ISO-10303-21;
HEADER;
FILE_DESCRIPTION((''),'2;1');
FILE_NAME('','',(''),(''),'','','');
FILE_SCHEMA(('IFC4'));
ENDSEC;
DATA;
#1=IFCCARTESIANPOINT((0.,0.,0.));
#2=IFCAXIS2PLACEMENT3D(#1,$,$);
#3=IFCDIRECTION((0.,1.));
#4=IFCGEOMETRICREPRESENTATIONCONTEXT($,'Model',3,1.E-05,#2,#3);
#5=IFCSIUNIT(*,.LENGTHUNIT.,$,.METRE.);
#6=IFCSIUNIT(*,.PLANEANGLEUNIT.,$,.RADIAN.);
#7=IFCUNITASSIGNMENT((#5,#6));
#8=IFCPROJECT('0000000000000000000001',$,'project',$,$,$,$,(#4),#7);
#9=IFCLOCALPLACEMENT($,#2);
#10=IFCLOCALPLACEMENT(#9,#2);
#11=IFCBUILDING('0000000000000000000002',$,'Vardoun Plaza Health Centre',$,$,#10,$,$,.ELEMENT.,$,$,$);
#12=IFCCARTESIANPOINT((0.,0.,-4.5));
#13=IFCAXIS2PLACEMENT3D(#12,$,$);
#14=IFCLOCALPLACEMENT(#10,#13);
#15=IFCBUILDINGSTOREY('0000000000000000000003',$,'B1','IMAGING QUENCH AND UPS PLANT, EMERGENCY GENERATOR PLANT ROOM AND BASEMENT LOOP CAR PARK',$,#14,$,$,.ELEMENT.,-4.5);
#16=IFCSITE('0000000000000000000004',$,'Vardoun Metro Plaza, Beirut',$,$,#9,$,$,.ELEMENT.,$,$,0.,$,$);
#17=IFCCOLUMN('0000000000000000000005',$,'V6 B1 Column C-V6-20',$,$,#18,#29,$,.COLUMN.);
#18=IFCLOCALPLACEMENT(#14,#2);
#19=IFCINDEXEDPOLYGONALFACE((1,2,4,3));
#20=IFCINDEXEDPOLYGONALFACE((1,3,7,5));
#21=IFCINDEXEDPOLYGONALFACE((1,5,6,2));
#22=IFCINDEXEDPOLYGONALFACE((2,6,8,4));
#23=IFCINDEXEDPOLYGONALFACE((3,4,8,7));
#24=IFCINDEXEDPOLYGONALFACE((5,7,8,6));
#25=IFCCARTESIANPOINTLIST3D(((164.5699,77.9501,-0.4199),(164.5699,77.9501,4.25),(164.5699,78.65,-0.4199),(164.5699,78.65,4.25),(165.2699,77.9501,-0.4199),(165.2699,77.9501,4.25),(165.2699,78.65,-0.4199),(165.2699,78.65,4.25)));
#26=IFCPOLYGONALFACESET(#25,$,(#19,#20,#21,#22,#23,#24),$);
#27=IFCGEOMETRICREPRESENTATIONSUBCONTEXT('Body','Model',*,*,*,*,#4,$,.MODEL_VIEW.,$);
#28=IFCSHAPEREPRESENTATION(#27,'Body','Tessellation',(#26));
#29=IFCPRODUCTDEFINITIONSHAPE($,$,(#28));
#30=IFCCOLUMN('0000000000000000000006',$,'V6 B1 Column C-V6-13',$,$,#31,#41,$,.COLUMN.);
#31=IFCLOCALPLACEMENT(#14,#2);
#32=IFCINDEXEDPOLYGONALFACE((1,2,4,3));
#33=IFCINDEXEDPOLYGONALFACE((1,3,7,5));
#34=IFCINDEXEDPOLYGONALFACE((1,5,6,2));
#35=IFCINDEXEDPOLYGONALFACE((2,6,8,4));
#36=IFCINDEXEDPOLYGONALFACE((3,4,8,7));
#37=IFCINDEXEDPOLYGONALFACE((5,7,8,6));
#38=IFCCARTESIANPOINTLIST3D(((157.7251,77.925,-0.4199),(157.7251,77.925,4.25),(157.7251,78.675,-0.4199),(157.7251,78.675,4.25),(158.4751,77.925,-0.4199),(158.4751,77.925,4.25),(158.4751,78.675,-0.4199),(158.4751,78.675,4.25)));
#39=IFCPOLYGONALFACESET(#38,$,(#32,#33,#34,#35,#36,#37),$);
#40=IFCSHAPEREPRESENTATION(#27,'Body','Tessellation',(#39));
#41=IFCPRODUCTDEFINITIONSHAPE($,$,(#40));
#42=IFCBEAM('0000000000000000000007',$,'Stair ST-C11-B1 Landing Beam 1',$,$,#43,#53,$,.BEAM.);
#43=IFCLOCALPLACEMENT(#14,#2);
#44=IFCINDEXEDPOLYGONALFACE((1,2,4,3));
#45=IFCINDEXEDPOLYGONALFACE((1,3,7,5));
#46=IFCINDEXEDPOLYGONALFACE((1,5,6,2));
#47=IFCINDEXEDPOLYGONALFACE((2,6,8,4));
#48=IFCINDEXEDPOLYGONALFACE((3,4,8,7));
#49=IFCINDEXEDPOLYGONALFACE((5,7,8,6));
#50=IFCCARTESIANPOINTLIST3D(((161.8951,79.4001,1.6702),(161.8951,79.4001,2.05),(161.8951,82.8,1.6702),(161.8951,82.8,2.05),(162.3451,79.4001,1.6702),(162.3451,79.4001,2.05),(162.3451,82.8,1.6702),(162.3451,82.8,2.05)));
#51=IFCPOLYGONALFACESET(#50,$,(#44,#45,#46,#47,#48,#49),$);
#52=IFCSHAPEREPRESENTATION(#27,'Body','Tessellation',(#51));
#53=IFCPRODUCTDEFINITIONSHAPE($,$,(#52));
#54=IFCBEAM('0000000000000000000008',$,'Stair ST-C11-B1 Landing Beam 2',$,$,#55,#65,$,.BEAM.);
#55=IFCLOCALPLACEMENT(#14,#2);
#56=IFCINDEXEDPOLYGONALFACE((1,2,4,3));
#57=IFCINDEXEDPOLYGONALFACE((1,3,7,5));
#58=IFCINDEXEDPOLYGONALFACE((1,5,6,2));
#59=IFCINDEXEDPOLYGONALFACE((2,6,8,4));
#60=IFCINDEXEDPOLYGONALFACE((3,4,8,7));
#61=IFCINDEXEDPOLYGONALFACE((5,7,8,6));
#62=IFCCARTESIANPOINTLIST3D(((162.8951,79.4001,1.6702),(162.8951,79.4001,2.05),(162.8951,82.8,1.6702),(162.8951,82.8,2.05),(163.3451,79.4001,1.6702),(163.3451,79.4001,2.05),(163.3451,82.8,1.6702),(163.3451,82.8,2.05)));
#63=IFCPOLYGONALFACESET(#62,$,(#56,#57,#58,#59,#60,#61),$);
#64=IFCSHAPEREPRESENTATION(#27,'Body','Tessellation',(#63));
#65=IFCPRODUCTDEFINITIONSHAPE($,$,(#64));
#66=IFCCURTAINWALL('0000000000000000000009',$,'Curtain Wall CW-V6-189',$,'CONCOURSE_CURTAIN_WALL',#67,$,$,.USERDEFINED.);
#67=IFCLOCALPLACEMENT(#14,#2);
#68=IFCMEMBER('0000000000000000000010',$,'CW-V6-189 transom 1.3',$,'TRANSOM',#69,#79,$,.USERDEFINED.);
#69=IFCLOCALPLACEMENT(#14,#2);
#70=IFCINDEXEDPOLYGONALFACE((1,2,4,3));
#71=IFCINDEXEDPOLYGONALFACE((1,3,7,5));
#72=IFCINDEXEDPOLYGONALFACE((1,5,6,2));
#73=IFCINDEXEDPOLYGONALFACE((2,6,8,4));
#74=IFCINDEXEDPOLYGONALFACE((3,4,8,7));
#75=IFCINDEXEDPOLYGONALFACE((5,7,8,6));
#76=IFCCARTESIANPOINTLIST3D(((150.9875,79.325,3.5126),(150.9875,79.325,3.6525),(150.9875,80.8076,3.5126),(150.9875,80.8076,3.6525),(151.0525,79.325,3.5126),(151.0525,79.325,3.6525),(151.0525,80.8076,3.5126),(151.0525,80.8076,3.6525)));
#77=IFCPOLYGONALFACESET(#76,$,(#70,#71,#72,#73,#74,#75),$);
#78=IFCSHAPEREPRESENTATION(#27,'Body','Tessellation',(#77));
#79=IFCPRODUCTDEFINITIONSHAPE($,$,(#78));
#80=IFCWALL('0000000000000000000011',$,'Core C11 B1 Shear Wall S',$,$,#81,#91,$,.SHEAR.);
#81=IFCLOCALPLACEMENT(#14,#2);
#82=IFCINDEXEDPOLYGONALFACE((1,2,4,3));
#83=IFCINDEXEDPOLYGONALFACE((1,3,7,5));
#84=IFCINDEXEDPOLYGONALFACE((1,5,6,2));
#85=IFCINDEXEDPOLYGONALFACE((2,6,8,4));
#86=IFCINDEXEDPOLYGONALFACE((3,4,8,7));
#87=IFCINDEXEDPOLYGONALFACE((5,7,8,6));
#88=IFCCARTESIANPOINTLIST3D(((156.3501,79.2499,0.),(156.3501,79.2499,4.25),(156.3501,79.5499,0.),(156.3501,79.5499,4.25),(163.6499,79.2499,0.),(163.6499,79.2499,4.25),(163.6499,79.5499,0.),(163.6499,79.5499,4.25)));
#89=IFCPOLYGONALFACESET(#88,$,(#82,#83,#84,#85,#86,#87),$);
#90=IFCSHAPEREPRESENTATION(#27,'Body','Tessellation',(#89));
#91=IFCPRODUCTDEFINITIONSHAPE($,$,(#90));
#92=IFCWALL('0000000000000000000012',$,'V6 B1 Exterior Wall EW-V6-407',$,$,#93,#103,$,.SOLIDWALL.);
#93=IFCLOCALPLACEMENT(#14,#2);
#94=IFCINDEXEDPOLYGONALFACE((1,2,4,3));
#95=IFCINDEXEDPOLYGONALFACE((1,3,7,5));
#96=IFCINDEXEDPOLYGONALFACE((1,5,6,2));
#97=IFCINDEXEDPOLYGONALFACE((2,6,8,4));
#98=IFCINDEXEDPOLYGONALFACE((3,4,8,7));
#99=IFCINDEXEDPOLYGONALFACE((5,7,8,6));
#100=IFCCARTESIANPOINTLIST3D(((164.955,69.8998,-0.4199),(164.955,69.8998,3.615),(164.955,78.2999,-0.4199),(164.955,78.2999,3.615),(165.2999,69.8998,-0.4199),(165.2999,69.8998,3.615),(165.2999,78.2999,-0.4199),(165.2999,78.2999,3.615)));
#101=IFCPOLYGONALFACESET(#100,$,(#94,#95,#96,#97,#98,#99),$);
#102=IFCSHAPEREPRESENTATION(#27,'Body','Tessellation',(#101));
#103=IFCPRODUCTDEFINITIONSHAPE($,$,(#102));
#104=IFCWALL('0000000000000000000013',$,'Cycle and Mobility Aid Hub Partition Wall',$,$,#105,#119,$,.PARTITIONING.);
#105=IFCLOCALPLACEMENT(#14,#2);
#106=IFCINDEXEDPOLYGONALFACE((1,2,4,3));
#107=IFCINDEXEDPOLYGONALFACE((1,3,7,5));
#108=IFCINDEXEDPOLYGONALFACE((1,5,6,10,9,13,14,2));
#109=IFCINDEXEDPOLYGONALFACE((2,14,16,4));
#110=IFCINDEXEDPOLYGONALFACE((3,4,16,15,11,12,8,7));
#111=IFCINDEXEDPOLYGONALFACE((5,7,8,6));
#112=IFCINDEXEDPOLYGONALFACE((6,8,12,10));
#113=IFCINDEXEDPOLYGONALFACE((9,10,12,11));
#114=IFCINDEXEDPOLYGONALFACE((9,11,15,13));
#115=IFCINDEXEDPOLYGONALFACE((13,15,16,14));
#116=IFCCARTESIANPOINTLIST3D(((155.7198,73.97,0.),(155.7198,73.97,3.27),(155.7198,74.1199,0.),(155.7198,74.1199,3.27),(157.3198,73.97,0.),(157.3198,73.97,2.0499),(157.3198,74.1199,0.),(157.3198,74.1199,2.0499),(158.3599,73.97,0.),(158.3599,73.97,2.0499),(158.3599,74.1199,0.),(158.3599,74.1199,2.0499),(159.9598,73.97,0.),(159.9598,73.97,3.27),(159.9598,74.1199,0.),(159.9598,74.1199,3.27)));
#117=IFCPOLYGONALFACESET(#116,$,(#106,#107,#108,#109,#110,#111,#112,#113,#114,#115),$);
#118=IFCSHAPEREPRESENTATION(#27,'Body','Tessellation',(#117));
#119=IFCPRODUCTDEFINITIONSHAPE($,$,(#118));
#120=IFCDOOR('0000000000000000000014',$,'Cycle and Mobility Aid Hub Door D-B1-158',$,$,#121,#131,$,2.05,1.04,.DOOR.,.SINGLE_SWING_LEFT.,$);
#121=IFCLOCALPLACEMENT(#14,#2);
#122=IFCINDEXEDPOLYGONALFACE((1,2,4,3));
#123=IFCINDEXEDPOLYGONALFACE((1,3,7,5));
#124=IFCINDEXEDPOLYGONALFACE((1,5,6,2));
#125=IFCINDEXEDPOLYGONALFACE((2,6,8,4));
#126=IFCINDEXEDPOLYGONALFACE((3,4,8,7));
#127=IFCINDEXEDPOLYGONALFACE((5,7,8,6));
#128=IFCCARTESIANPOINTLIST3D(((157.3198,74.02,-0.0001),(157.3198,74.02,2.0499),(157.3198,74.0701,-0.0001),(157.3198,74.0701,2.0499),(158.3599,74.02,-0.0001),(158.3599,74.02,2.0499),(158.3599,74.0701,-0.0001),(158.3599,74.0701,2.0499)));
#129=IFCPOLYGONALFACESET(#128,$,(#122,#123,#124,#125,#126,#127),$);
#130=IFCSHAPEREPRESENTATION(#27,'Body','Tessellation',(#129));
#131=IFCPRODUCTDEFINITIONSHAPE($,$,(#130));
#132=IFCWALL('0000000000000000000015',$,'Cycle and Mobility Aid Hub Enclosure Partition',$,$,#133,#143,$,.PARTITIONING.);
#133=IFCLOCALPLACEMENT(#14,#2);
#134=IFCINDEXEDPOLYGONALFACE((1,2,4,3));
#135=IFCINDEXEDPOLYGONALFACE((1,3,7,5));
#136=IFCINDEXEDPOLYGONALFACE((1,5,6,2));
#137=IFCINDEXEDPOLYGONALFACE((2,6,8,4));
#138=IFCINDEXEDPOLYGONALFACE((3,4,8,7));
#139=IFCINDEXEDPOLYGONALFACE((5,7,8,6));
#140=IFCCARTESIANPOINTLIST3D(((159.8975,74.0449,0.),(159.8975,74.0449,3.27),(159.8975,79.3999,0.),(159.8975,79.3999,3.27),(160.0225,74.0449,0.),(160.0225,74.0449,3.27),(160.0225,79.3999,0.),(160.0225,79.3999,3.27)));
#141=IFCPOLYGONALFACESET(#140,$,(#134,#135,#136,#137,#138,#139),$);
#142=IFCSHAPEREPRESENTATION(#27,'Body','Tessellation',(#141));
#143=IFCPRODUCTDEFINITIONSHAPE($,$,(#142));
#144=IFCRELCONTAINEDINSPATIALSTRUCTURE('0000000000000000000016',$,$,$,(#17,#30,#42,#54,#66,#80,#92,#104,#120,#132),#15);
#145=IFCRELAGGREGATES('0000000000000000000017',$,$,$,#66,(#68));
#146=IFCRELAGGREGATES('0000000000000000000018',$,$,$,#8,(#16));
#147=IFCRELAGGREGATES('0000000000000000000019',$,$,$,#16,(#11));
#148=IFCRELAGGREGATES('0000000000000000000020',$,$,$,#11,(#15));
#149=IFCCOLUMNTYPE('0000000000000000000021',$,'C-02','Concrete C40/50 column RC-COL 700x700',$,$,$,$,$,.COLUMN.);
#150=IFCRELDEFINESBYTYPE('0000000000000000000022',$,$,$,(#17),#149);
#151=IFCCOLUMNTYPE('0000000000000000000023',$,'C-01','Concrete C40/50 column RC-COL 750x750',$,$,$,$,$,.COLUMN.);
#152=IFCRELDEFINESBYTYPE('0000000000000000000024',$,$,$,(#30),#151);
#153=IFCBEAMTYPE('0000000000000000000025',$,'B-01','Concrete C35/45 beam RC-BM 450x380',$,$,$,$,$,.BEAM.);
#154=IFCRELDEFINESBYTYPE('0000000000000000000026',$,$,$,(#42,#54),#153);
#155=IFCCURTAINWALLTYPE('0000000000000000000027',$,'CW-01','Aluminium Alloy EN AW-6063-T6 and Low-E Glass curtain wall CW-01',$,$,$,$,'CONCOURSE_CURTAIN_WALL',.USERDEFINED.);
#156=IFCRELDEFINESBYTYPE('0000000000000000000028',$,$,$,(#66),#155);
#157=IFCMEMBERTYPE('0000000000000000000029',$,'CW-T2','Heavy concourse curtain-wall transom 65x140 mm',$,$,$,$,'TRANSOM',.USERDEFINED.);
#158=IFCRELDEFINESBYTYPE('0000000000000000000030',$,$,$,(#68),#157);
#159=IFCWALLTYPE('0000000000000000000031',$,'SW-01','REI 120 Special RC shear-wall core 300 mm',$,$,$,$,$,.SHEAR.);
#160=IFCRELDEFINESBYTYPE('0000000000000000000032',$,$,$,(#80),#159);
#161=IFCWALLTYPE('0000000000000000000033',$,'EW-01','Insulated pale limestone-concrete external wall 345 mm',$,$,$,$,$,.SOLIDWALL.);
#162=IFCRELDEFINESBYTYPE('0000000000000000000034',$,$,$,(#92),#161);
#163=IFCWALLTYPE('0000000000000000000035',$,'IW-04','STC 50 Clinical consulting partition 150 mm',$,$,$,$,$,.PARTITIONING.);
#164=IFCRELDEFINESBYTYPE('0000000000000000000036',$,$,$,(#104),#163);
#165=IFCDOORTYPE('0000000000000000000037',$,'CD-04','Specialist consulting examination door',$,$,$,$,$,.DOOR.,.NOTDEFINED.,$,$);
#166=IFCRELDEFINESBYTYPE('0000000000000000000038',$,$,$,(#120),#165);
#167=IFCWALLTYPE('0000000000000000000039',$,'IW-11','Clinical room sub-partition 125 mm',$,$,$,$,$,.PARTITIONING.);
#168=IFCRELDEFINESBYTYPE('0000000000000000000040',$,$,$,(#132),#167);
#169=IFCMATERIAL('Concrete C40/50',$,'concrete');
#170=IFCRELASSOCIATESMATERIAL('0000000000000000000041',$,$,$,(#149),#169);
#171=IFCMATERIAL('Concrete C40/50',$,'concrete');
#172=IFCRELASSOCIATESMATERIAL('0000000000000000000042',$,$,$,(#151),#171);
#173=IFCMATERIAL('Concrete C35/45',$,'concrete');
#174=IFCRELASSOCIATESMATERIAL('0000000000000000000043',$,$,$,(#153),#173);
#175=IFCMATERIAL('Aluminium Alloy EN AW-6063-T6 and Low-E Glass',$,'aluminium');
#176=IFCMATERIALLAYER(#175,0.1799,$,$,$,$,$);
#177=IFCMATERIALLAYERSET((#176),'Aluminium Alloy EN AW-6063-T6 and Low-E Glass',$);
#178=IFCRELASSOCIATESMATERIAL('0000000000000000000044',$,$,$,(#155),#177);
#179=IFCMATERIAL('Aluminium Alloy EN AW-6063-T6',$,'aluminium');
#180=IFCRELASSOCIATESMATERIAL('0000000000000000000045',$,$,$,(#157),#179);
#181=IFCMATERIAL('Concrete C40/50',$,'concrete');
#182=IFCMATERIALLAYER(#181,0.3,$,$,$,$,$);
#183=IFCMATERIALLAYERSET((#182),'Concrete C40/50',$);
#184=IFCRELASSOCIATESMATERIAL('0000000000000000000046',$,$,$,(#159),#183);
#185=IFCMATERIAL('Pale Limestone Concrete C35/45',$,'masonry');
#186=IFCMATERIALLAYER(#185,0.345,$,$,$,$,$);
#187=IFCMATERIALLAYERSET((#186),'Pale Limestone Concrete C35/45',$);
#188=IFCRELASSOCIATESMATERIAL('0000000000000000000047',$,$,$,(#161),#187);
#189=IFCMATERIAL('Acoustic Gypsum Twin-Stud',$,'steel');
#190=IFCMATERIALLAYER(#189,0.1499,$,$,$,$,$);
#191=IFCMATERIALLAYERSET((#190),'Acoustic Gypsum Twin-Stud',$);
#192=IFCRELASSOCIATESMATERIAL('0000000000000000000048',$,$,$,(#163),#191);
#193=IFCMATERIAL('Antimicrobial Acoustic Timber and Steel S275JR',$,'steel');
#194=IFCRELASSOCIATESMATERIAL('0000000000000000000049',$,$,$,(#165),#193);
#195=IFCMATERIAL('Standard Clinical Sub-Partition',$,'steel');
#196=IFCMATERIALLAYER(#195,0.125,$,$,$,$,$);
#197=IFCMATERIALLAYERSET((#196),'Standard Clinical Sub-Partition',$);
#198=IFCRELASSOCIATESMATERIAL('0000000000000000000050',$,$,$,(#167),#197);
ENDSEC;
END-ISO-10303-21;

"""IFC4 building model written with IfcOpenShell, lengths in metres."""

from ifc_helpers import new_model, si_unit, direction, frame, frame_2d, origin, origin_2d, place, context, subcontext, project, spatial, rectangle, extrude, material, layer, layer_set, material_profile, profile_set, type_object, element, fill, aggregate, save


model = new_model("IFC4")

# Units and contexts
model_context = context("Model", 3, precision=1e-05, world=origin(), true_north=direction((0.0, 1.0)))
body_context = subcontext(model_context, "Body", "Model", "MODEL_VIEW")
ifc_project = project(units=[si_unit("LENGTHUNIT", "METRE"), si_unit("PLANEANGLEUNIT", "RADIAN")], contexts=[model_context])

# Site, building, storey
site_placement = place(None, origin())
site = spatial("IfcSite", under=ifc_project, at=site_placement, Name="Vardoun Metro Plaza, Beirut", CompositionType="ELEMENT", RefElevation=0.0)
building_placement = place(site_placement, origin())
building = spatial("IfcBuilding", under=site, at=building_placement, Name="Vardoun Plaza Health Centre", CompositionType="ELEMENT")
storey_placement = place(building_placement, frame((0.0, 0.0, -4.5)))
storey = spatial("IfcBuildingStorey", under=building, at=storey_placement, Name="B1", Description="IMAGING QUENCH AND UPS PLANT, EMERGENCY GENERATOR PLANT ROOM AND BASEMENT LOOP CAR PARK", CompositionType="ELEMENT", Elevation=-4.5)

# Columns
ifc_material_1 = material(Name="Concrete C40/50", Category="concrete")
ifc_material_profile_1 = material_profile(ifc_material_1, rectangle(XDim=0.7, YDim=0.7, at=origin_2d()), Name="RC-COL 700x700")
ifc_profile_set_1 = profile_set([ifc_material_profile_1], Name="Concrete C40/50")
column_type_1 = type_object("IfcColumnType", Name="C-02", Description="Concrete C40/50 column RC-COL 700x700", PredefinedType="COLUMN", material=ifc_profile_set_1)
column_1_placement = place(storey_placement, frame((164.9199, 78.3, -0.4199), z_axis=(0.0, 0.0, 1.0), x_axis=(1.0, 0.0, 0.0)))
element("IfcColumn", 1, at=column_1_placement, inside=storey, type_object=column_type_1, Name="V6 B1 Column C-V6-20", PredefinedType="COLUMN", context=body_context, shape_type="SweptSolid", body=[
    extrude(rectangle(XDim=0.7, YDim=0.7, at=origin_2d()), origin(), (0.0, 0.0, 1.0), 4.6699),
])
ifc_material_2 = material(Name="Concrete C40/50", Category="concrete")
ifc_material_profile_2 = material_profile(ifc_material_2, rectangle(XDim=0.75, YDim=0.75, at=origin_2d()), Name="RC-COL 750x750")
ifc_profile_set_2 = profile_set([ifc_material_profile_2], Name="Concrete C40/50")
column_type_2 = type_object("IfcColumnType", Name="C-01", Description="Concrete C40/50 column RC-COL 750x750", PredefinedType="COLUMN", material=ifc_profile_set_2)
column_2_placement = place(storey_placement, frame((158.1001, 78.3, -0.4199), z_axis=(0.0, 0.0, 1.0), x_axis=(1.0, 0.0, 0.0)))
element("IfcColumn", 2, at=column_2_placement, inside=storey, type_object=column_type_2, Name="V6 B1 Column C-V6-13", PredefinedType="COLUMN", context=body_context, shape_type="SweptSolid", body=[
    extrude(rectangle(XDim=0.75, YDim=0.75, at=origin_2d()), origin(), (0.0, 0.0, 1.0), 4.6699),
])

# Beams
ifc_material_3 = material(Name="Concrete C35/45", Category="concrete")
ifc_material_profile_3 = material_profile(ifc_material_3, rectangle(XDim=0.45, YDim=0.3799, at=origin_2d()), Name="RC-BM 450x380")
ifc_profile_set_3 = profile_set([ifc_material_profile_3], Name="Concrete C35/45")
beam_type = type_object("IfcBeamType", Name="B-01", Description="Concrete C35/45 beam RC-BM 450x380", PredefinedType="BEAM", material=ifc_profile_set_3)
for number, where, z_axis, x_axis, name in (
    (3, (162.1201, 79.4001, 1.8601), (0.0, 1.0, 0.0), (-1.0, 0.0, 0.0), "Stair ST-C11-B1 Landing Beam 1"),
    (4, (163.1201, 79.4001, 1.8601), (0.0, 1.0, 0.0), (-1.0, 0.0, 0.0), "Stair ST-C11-B1 Landing Beam 2"),
):
    element("IfcBeam", number, at=place(storey_placement, frame(where, z_axis=z_axis, x_axis=x_axis)), inside=storey, type_object=beam_type, Name=name, PredefinedType="BEAM", context=body_context, shape_type="SweptSolid", body=[
        extrude(rectangle(XDim=0.45, YDim=0.3799, at=origin_2d()), origin(), (0.0, 0.0, 1.0), 3.3999),
    ])

# Curtain wall, member
ifc_material_4 = material(Name="Aluminium Alloy EN AW-6063-T6 and Low-E Glass", Category="aluminium")
ifc_layer_1 = layer(ifc_material_4, 0.1799)
ifc_layer_set_1 = layer_set([ifc_layer_1], Name="Aluminium Alloy EN AW-6063-T6 and Low-E Glass")
curtain_wall_type = type_object("IfcCurtainWallType", Name="CW-01", Description="Aluminium Alloy EN AW-6063-T6 and Low-E Glass curtain wall CW-01", ElementType="CONCOURSE_CURTAIN_WALL", PredefinedType="USERDEFINED", material=ifc_layer_set_1)
curtain_wall_placement = place(storey_placement, origin())
curtain_wall = element("IfcCurtainWall", 5, at=curtain_wall_placement, inside=storey, type_object=curtain_wall_type, Name="Curtain Wall CW-V6-189", ObjectType="CONCOURSE_CURTAIN_WALL", PredefinedType="USERDEFINED")
ifc_material_5 = material(Name="Aluminium Alloy EN AW-6063-T6", Category="aluminium")
ifc_material_profile_4 = material_profile(ifc_material_5, rectangle(XDim=0.0649, YDim=0.1399, at=origin_2d()), Name="CWT 65x140")
ifc_profile_set_4 = profile_set([ifc_material_profile_4], Name="Aluminium Alloy EN AW-6063-T6")
member_type = type_object("IfcMemberType", Name="CW-T2", Description="Heavy concourse curtain-wall transom 65x140 mm", ElementType="TRANSOM", PredefinedType="USERDEFINED", material=ifc_profile_set_4)
member_placement = place(storey_placement, frame((151.02, 79.325, 3.5825), z_axis=(0.0, 1.0, 0.0), x_axis=(-1.0, 0.0, 0.0)))
member = element("IfcMember", 6, at=member_placement, type_object=member_type, Name="CW-V6-189 transom 1.3", ObjectType="TRANSOM", PredefinedType="USERDEFINED", context=body_context, shape_type="SweptSolid", body=[
    extrude(rectangle(XDim=0.0649, YDim=0.1399, at=origin_2d()), origin(), (0.0, 0.0, 1.0), 1.4827),
])
aggregate(curtain_wall, [member])

# Wall
ifc_material_6 = material(Name="Concrete C40/50", Category="concrete")
ifc_layer_2 = layer(ifc_material_6, 0.3)
ifc_layer_set_2 = layer_set([ifc_layer_2], Name="Concrete C40/50")
wall_type_1 = type_object("IfcWallType", Name="SW-01", Description="REI 120 Special RC shear-wall core 300 mm", PredefinedType="SHEAR", material=ifc_layer_set_2)
wall_1_placement = place(storey_placement, frame((163.6499, 79.3999, 0.0), z_axis=(0.0, 0.0, 1.0), x_axis=(-1.0, 0.0, 0.0)))
element("IfcWall", 7, at=wall_1_placement, inside=storey, type_object=wall_type_1, Name="Core C11 B1 Shear Wall S", PredefinedType="SHEAR", context=body_context, shape_type="SweptSolid", body=[
    extrude(rectangle(XDim=7.2998, YDim=0.3, at=frame_2d((3.6499, 0.0))), origin(), (0.0, 0.0, 1.0), 4.25),
])

# Wall
ifc_material_7 = material(Name="Pale Limestone Concrete C35/45", Category="masonry")
ifc_layer_3 = layer(ifc_material_7, 0.345)
ifc_layer_set_3 = layer_set([ifc_layer_3], Name="Pale Limestone Concrete C35/45")
wall_type_2 = type_object("IfcWallType", Name="EW-01", Description="Insulated pale limestone-concrete external wall 345 mm", PredefinedType="SOLIDWALL", material=ifc_layer_set_3)
wall_2_placement = place(storey_placement, frame((165.1274, 78.3, -0.4199), z_axis=(0.0, 0.0, 1.0), x_axis=(0.0, -1.0, 0.0)))
element("IfcWall", 8, at=wall_2_placement, inside=storey, type_object=wall_type_2, Name="V6 B1 Exterior Wall EW-V6-407", PredefinedType="SOLIDWALL", context=body_context, shape_type="SweptSolid", body=[
    extrude(rectangle(XDim=8.4001, YDim=0.345, at=frame_2d((4.2002, 0.0))), origin(), (0.0, 0.0, 1.0), 4.0349),
])

# Wall, opening, door
ifc_material_8 = material(Name="Acoustic Gypsum Twin-Stud", Category="steel")
ifc_layer_4 = layer(ifc_material_8, 0.1499)
ifc_layer_set_4 = layer_set([ifc_layer_4], Name="Acoustic Gypsum Twin-Stud")
wall_type_3 = type_object("IfcWallType", Name="IW-04", Description="STC 50 Clinical consulting partition 150 mm", PredefinedType="PARTITIONING", material=ifc_layer_set_4)
wall_3_placement = place(storey_placement, frame((159.96, 74.0449, 0.0), z_axis=(0.0, 0.0, 1.0), x_axis=(-1.0, 0.0, 0.0)))
wall_3 = element("IfcWall", 9, at=wall_3_placement, inside=storey, type_object=wall_type_3, Name="Cycle and Mobility Aid Hub Partition Wall", PredefinedType="PARTITIONING", context=body_context, shape_type="SweptSolid", body=[
    extrude(rectangle(XDim=4.24, YDim=0.1499, at=frame_2d((2.1201, 0.0))), origin(), (0.0, 0.0, 1.0), 3.27),
])
opening_1_placement = place(wall_3_placement, frame((1.6001, 0.0, 0.0)))
opening_1 = element("IfcOpeningElement", 10, at=opening_1_placement, cuts=wall_3, PredefinedType="OPENING", context=body_context, shape_type="SweptSolid", body=[
    extrude(rectangle(XDim=1.04, YDim=2.05, at=frame_2d((0.52, 1.0249))), frame((0.0, 0.075, 0.0), z_axis=(0.0, -1.0, 0.0), x_axis=(1.0, 0.0, 0.0)), (0.0, 0.0, 1.0), 0.1499),
])
ifc_material_9 = material(Name="Antimicrobial Acoustic Timber and Steel S275JR", Category="steel")
door_type_1 = type_object("IfcDoorType", Name="CD-04", Description="Specialist consulting examination door", OperationType="NOTDEFINED", PredefinedType="DOOR", material=ifc_material_9)
door_1_placement = place(opening_1_placement, origin())
door_1 = element("IfcDoor", 11, at=door_1_placement, inside=storey, type_object=door_type_1, Name="Cycle and Mobility Aid Hub Door D-B1-158", OperationType="SINGLE_SWING_LEFT", OverallHeight=2.05, OverallWidth=1.04, PredefinedType="DOOR", context=body_context, shape_type="SweptSolid", body=[
    extrude(rectangle(XDim=1.04, YDim=2.05, at=frame_2d((0.52, 1.0249))), frame((0.0, 0.0249, 0.0), z_axis=(0.0, -1.0, 0.0), x_axis=(1.0, 0.0, 0.0)), (0.0, 0.0, 1.0), 0.05),
])
fill(opening_1, door_1)

# Wall
ifc_material_10 = material(Name="Standard Clinical Sub-Partition", Category="steel")
ifc_layer_5 = layer(ifc_material_10, 0.125)
ifc_layer_set_5 = layer_set([ifc_layer_5], Name="Standard Clinical Sub-Partition")
wall_type_4 = type_object("IfcWallType", Name="IW-11", Description="Clinical room sub-partition 125 mm", PredefinedType="PARTITIONING", material=ifc_layer_set_5)
wall_4_placement = place(storey_placement, frame((159.96, 79.3999, 0.0), z_axis=(0.0, 0.0, 1.0), x_axis=(0.0, -1.0, 0.0)))
element("IfcWall", 12, at=wall_4_placement, inside=storey, type_object=wall_type_4, Name="Cycle and Mobility Aid Hub Enclosure Partition", PredefinedType="PARTITIONING", context=body_context, shape_type="SweptSolid", body=[
    extrude(rectangle(XDim=5.355, YDim=0.125, at=frame_2d((2.6775, 0.0))), origin(), (0.0, 0.0, 1.0), 3.27),
])

save(model, "model.ifc")
